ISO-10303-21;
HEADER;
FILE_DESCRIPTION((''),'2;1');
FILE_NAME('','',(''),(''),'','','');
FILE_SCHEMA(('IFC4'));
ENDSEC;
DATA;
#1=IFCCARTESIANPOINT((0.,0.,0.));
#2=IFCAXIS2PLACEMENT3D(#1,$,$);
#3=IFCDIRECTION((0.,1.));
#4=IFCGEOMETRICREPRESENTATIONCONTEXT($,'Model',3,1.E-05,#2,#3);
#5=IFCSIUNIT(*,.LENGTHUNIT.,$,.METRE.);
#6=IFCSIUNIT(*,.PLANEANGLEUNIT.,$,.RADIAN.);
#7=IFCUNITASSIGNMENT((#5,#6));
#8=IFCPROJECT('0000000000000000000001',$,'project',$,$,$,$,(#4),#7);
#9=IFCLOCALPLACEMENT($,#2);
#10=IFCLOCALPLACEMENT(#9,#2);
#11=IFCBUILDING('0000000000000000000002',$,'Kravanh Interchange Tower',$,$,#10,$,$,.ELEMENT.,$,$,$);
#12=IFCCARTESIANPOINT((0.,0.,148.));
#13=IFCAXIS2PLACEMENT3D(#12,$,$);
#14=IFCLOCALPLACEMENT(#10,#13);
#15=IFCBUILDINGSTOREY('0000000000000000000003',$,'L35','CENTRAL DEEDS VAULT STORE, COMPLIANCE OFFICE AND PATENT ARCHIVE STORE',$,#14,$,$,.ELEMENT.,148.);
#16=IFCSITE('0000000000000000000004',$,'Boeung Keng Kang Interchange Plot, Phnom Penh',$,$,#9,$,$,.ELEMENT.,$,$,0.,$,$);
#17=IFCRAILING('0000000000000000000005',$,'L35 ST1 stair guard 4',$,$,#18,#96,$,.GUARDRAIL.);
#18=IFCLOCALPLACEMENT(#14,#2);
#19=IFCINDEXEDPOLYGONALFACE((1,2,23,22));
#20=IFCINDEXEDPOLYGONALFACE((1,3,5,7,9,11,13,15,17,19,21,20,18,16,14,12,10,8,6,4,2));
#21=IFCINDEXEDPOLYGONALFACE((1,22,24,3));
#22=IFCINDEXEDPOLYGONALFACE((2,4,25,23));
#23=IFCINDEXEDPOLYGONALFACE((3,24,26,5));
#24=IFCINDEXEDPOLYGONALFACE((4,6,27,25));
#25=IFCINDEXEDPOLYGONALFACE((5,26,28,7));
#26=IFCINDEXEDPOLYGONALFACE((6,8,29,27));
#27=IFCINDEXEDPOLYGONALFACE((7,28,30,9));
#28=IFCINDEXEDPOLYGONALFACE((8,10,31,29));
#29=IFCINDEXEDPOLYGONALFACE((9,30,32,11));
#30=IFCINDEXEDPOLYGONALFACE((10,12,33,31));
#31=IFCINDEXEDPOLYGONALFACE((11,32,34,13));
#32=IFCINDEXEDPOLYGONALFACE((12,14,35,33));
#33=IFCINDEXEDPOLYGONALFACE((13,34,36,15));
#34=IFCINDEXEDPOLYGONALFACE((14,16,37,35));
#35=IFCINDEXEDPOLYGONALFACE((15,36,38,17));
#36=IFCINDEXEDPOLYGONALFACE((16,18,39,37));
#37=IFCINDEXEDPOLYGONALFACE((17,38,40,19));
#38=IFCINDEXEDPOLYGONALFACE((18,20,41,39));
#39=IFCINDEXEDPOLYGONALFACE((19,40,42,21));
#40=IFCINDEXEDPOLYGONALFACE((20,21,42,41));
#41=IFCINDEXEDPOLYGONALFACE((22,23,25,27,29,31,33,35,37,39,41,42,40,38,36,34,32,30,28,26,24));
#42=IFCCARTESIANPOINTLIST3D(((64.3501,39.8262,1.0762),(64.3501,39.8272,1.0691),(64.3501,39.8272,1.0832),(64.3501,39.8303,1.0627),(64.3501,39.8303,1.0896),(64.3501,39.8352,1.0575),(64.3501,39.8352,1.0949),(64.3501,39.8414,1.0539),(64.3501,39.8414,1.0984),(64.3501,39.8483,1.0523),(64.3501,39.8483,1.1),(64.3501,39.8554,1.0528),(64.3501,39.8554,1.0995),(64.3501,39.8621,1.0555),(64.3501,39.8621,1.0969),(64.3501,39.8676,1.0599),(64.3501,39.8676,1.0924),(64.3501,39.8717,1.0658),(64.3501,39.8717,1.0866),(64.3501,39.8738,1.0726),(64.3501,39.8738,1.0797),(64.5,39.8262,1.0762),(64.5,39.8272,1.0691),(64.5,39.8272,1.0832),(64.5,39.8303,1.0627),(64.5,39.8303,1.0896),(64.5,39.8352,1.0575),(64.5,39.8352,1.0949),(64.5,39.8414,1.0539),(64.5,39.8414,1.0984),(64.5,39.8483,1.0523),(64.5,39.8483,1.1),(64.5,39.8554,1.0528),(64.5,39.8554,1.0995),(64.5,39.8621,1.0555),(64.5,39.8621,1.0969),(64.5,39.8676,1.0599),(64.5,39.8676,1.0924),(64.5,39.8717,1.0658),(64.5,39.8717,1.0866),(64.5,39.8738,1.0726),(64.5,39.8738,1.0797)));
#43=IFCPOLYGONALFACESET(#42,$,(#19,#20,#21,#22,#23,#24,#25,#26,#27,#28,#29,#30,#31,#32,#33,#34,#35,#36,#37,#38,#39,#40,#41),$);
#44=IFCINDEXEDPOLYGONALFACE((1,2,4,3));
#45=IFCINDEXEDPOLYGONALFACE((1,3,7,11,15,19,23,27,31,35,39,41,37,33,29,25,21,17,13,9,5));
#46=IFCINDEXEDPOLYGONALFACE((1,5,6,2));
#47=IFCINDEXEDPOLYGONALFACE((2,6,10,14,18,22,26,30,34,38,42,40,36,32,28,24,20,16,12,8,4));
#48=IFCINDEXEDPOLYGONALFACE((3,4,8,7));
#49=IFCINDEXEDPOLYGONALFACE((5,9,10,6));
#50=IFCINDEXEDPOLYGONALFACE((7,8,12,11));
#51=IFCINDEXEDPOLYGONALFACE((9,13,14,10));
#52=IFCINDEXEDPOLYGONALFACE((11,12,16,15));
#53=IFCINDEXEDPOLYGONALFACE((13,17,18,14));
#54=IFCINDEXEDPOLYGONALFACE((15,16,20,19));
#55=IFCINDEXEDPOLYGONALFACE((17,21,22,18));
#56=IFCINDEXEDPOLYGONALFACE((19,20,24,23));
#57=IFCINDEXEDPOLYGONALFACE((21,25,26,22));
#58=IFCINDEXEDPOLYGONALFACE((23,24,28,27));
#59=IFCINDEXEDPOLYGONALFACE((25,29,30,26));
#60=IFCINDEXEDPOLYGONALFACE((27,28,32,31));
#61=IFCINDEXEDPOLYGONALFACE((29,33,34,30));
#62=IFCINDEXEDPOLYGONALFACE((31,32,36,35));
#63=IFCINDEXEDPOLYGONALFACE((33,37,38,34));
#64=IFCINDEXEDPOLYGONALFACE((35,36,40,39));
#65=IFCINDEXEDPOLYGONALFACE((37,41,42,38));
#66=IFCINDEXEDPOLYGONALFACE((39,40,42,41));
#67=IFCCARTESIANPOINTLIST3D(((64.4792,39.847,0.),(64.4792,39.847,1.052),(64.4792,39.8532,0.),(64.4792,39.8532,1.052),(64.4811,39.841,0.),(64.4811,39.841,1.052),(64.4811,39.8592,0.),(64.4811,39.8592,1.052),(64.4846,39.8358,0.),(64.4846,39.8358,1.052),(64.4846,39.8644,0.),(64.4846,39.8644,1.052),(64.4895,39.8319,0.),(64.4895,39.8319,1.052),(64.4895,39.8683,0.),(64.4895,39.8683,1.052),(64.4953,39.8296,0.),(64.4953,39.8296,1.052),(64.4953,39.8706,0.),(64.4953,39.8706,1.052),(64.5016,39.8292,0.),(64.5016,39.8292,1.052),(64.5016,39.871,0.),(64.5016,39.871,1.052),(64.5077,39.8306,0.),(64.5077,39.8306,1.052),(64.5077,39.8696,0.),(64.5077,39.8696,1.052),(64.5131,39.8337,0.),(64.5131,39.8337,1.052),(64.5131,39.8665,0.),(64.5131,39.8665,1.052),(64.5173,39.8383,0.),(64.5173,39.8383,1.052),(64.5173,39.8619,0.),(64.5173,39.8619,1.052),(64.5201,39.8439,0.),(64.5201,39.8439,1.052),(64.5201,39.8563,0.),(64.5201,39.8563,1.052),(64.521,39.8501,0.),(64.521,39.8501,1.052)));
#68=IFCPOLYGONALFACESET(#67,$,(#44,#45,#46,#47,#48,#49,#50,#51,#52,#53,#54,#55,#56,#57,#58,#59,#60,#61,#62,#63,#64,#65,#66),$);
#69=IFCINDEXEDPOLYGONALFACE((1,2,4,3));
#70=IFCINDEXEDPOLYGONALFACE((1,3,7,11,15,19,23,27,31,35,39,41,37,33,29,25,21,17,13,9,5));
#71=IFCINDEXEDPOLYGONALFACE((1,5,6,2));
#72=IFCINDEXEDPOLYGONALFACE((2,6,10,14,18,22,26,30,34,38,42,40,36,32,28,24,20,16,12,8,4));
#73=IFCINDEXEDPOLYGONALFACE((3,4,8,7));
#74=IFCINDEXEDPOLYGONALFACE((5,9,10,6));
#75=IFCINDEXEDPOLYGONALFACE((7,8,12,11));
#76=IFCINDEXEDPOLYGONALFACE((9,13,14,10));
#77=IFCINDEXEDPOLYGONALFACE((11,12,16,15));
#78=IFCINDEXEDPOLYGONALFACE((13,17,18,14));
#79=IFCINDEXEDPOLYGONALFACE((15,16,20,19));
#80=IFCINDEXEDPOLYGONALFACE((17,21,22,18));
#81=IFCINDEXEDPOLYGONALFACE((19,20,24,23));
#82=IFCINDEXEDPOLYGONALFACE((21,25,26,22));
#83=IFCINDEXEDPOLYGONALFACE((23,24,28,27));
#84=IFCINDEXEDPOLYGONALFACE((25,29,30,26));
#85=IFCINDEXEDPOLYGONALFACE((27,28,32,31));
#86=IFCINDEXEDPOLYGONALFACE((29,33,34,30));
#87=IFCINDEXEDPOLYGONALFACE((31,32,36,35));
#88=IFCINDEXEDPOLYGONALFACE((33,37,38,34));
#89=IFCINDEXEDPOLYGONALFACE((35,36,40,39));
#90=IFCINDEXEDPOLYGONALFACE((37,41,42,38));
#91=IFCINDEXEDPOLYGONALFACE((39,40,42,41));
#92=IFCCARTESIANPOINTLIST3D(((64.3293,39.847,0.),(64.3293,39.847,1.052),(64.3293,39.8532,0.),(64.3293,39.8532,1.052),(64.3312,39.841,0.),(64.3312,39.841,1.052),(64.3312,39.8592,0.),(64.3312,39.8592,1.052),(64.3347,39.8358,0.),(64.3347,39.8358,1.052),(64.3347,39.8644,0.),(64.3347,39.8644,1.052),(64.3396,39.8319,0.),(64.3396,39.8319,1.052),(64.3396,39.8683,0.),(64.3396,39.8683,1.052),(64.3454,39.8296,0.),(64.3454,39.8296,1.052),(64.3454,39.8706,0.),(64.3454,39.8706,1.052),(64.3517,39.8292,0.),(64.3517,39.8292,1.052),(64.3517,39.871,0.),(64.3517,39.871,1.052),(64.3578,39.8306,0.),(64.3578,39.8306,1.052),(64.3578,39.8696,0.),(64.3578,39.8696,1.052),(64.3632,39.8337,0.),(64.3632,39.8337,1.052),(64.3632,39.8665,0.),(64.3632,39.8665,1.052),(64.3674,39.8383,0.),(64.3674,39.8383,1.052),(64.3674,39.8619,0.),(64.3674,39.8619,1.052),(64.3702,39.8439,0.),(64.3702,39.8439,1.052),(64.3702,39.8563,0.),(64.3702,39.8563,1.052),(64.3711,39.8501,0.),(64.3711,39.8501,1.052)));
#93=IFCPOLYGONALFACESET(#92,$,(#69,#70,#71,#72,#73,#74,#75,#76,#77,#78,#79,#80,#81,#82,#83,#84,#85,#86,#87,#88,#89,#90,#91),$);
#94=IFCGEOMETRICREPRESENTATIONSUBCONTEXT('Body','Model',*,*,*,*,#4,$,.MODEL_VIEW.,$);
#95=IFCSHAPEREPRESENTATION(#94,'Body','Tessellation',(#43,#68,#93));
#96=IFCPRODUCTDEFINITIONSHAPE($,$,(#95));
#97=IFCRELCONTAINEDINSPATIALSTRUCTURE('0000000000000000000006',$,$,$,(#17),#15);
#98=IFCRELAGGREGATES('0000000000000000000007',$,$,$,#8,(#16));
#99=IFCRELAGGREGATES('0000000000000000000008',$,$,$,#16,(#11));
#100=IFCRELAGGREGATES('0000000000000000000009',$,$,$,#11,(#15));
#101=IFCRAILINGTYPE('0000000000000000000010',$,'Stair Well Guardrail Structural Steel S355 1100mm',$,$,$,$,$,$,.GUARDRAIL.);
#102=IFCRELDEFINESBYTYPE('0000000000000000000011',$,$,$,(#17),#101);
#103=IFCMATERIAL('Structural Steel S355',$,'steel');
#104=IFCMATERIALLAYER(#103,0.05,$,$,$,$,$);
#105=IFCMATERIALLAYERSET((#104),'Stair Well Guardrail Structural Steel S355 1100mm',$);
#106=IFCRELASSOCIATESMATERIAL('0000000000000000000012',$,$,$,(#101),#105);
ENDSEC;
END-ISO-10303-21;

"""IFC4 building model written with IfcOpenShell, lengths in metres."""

from ifc_helpers import new_model, si_unit, direction, frame, origin, origin_2d, place, context, subcontext, project, spatial, circle, extrude, material, layer, layer_set, type_object, element, save


model = new_model("IFC4")

# Units and contexts
model_context = context("Model", 3, precision=1e-05, world=origin(), true_north=direction((0.0, 1.0)))
body_context = subcontext(model_context, "Body", "Model", "MODEL_VIEW")
ifc_project = project(units=[si_unit("LENGTHUNIT", "METRE"), si_unit("PLANEANGLEUNIT", "RADIAN")], contexts=[model_context])

# Site, building, storey
site_placement = place(None, origin())
site = spatial("IfcSite", under=ifc_project, at=site_placement, Name="Boeung Keng Kang Interchange Plot, Phnom Penh", CompositionType="ELEMENT", RefElevation=0.0)
building_placement = place(site_placement, origin())
building = spatial("IfcBuilding", under=site, at=building_placement, Name="Kravanh Interchange Tower", CompositionType="ELEMENT")
storey_placement = place(building_placement, frame((0.0, 0.0, 148.0)))
storey = spatial("IfcBuildingStorey", under=building, at=storey_placement, Name="L35", Description="CENTRAL DEEDS VAULT STORE, COMPLIANCE OFFICE AND PATENT ARCHIVE STORE", CompositionType="ELEMENT", Elevation=148.0)

# Railing
ifc_material_1 = material(Name="Structural Steel S355", Category="steel")
ifc_layer_1 = layer(ifc_material_1, 0.05)
ifc_layer_set_1 = layer_set([ifc_layer_1], Name="Stair Well Guardrail Structural Steel S355 1100mm")
railing_type_1 = type_object("IfcRailingType", Name="Stair Well Guardrail Structural Steel S355 1100mm", PredefinedType="GUARDRAIL", material=ifc_layer_set_1)
railing_1_placement = place(storey_placement, frame((64.5, 39.8501, 0.0)))
element("IfcRailing", 1, at=railing_1_placement, inside=storey, type_object=railing_type_1, Name="L35 ST1 stair guard 4", PredefinedType="GUARDRAIL", context=body_context, shape_type="SweptSolid", body=[
    extrude(circle(Radius=0.0239, at=origin_2d()), frame((0.0, 0.0, 1.0762), z_axis=(-1.0, 0.0, 0.0), x_axis=(0.0, -1.0, 0.0)), (0.0, 0.0, 1.0), 0.1499),
    extrude(circle(Radius=0.021, at=origin_2d()), origin(), (0.0, 0.0, 1.0), 1.052),
    extrude(circle(Radius=0.021, at=origin_2d()), frame((-0.1499, 0.0, 0.0)), (0.0, 0.0, 1.0), 1.052),
])

save(model, "model.ifc")
